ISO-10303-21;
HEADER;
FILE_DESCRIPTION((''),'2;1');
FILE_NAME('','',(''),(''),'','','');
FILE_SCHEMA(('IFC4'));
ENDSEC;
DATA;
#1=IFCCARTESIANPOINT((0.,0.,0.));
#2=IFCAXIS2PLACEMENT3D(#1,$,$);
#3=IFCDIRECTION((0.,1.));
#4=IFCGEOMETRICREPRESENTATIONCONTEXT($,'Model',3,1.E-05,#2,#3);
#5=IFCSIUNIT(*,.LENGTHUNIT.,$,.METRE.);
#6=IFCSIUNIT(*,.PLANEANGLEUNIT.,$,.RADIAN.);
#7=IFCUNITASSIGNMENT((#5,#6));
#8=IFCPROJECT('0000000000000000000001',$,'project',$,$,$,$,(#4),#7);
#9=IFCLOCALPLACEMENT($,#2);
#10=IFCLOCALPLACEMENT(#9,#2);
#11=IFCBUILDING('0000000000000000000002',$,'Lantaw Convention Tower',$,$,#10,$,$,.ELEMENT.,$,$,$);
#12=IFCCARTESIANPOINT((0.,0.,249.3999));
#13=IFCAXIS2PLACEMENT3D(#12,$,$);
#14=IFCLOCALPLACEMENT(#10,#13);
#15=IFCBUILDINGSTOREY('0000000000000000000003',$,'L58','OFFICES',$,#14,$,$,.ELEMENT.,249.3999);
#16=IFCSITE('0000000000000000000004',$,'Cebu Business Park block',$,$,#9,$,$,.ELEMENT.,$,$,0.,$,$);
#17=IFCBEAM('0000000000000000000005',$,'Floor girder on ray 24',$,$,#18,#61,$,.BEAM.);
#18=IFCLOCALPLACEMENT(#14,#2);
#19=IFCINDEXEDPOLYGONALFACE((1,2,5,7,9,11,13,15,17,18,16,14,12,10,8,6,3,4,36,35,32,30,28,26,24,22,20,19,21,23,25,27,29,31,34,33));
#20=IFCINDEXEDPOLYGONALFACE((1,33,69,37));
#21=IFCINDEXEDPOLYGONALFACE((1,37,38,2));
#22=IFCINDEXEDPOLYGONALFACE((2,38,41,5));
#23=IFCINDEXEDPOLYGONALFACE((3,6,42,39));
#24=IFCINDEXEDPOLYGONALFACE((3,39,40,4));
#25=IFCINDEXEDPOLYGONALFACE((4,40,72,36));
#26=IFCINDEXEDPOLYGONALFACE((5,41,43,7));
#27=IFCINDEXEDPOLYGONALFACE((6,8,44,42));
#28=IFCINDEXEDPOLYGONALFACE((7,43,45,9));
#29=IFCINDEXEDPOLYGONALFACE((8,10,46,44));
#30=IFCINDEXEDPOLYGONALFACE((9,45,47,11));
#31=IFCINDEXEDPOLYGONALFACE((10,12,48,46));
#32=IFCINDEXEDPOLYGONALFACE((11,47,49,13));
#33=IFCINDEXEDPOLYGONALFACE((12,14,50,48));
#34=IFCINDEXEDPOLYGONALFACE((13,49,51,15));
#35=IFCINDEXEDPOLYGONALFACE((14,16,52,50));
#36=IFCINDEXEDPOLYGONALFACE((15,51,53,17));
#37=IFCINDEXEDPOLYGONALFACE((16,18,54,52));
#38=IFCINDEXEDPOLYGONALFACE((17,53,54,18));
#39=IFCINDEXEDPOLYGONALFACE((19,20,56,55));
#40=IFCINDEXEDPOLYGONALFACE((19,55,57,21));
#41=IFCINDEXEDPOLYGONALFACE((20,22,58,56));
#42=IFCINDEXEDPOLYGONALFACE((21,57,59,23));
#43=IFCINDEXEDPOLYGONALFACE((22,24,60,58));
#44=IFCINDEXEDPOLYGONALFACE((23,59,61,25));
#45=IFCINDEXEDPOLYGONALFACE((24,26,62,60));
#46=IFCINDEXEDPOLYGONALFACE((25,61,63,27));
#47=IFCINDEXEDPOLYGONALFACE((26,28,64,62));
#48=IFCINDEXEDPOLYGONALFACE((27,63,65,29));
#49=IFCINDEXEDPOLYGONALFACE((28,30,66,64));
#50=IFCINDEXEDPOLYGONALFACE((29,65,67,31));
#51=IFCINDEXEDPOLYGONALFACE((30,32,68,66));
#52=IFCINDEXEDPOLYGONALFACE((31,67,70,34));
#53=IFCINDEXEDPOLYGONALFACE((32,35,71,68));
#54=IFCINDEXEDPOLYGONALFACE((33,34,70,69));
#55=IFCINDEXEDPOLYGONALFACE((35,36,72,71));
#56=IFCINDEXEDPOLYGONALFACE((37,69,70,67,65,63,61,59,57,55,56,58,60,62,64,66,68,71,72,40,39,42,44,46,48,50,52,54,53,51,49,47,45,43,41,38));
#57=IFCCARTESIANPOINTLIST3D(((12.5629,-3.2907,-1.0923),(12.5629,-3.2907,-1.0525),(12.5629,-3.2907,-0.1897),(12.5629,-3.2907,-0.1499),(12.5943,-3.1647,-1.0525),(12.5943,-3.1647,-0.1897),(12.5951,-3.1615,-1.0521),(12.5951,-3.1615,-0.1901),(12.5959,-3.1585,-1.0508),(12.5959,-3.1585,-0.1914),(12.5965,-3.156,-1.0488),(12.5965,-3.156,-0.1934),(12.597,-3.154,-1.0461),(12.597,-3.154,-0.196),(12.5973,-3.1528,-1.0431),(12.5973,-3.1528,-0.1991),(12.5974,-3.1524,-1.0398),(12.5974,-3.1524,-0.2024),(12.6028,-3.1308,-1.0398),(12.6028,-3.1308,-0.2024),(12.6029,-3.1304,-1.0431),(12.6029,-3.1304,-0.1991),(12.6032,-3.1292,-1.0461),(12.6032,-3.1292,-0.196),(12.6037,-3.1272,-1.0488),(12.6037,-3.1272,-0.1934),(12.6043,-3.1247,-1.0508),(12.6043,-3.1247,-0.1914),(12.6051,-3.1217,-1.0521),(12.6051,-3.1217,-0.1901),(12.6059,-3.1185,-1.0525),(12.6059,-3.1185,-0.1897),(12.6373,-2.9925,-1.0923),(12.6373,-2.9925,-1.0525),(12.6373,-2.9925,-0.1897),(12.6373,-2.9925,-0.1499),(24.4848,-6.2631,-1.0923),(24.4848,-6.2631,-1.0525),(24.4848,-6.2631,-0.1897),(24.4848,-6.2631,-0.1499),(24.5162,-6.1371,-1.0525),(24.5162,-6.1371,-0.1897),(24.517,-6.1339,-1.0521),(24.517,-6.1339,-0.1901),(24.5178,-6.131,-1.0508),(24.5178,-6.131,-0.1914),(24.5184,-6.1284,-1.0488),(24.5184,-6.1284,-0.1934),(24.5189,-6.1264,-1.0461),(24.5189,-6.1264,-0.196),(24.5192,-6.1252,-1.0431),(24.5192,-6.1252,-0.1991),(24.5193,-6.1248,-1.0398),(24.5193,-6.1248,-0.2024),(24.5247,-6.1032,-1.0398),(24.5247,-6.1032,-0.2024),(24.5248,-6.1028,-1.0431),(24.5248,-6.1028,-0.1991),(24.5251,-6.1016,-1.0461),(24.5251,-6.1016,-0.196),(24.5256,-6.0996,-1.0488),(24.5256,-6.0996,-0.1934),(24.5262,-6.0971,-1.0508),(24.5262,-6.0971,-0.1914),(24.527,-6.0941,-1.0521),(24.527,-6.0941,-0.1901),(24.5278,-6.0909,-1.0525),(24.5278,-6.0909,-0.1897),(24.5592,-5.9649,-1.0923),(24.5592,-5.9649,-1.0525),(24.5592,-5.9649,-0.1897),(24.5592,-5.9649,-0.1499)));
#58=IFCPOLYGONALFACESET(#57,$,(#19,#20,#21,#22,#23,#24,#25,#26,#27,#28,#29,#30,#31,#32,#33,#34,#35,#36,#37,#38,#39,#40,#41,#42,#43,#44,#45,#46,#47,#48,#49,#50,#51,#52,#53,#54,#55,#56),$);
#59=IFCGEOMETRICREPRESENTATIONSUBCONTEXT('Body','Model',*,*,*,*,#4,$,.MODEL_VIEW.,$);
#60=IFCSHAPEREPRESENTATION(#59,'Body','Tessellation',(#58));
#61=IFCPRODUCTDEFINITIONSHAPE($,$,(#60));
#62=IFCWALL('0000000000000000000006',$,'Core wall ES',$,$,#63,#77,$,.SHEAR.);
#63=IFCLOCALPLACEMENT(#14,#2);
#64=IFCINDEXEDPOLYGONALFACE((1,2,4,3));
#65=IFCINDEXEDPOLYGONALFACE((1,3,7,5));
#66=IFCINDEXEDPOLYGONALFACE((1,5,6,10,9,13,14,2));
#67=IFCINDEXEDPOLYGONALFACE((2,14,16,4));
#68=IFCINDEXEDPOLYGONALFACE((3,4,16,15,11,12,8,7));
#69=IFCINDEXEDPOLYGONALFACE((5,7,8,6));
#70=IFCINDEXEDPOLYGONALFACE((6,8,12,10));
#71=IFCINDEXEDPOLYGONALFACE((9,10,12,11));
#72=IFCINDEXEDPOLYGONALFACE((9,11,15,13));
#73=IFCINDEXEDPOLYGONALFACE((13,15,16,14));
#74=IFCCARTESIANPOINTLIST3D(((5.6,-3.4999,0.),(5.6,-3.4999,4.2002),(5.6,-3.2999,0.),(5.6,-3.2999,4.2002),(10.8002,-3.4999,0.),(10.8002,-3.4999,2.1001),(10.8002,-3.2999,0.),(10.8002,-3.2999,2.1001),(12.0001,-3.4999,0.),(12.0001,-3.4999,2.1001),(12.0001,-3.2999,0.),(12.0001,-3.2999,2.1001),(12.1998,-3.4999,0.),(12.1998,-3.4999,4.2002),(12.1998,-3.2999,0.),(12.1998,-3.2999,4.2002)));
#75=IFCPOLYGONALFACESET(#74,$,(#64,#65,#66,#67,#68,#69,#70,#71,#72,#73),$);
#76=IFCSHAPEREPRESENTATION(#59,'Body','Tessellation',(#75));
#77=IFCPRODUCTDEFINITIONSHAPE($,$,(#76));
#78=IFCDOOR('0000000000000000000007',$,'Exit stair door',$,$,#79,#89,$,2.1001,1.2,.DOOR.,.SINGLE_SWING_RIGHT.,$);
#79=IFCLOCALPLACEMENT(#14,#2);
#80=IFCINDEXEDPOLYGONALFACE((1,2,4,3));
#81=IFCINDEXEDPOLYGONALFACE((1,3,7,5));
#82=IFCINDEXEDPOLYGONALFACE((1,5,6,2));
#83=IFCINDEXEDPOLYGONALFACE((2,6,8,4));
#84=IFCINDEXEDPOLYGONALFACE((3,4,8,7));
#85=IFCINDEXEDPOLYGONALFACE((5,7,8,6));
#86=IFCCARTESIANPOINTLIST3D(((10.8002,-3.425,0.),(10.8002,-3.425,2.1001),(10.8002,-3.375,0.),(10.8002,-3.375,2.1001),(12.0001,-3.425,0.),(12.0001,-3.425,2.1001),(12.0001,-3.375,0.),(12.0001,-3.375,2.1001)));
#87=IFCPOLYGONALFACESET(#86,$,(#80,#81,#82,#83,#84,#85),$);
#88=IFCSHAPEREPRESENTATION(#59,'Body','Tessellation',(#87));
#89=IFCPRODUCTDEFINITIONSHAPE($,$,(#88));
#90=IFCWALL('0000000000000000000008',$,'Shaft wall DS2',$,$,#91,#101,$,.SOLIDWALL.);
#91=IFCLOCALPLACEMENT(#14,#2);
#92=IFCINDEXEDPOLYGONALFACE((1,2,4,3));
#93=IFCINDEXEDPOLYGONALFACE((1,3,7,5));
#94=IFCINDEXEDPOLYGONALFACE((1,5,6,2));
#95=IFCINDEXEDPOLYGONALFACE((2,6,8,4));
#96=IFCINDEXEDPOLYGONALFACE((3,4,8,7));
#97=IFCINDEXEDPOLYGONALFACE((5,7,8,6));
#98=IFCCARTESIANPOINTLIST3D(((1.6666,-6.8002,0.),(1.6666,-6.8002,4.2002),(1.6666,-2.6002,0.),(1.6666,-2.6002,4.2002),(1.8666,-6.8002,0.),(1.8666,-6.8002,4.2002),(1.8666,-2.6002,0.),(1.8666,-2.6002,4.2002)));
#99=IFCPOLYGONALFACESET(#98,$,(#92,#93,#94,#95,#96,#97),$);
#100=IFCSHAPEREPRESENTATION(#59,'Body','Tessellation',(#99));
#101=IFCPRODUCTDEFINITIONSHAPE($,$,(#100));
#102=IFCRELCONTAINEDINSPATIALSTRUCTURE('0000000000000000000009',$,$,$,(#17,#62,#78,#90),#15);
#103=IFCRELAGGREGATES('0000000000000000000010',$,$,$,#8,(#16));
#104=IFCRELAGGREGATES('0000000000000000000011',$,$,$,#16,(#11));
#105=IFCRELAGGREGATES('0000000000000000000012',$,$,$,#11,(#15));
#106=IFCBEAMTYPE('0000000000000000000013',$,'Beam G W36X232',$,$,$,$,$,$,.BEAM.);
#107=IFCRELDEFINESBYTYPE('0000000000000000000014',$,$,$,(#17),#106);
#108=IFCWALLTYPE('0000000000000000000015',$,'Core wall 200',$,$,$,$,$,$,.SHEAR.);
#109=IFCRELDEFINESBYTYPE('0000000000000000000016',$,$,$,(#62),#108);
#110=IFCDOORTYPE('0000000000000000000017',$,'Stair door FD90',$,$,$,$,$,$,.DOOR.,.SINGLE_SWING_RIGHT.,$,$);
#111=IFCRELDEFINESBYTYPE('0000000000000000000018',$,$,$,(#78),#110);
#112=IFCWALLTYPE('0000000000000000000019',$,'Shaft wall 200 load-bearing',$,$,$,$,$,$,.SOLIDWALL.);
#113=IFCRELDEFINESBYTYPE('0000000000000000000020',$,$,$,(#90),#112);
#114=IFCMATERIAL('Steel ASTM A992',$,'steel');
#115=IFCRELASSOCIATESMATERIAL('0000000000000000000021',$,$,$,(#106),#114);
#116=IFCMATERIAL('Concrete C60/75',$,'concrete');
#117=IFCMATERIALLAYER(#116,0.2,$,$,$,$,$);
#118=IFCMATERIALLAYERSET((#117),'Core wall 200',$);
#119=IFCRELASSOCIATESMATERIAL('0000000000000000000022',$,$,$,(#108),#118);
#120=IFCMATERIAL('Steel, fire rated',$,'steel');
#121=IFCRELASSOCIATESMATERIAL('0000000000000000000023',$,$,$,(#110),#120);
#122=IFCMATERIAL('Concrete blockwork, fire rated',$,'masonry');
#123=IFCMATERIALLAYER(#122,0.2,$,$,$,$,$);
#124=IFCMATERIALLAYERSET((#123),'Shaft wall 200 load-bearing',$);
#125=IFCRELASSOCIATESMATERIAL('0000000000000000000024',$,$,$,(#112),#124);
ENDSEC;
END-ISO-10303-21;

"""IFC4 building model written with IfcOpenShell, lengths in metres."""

from ifc_helpers import new_model, si_unit, direction, frame, frame_2d, origin, origin_2d, place, context, subcontext, project, spatial, rectangle, i_section, extrude, material, layer, layer_set, material_profile, profile_set, type_object, element, fill, save


model = new_model("IFC4")

# Units and contexts
model_context = context("Model", 3, precision=1e-05, world=origin(), true_north=direction((0.0, 1.0)))
body_context = subcontext(model_context, "Body", "Model", "MODEL_VIEW")
ifc_project = project(units=[si_unit("LENGTHUNIT", "METRE"), si_unit("PLANEANGLEUNIT", "RADIAN")], contexts=[model_context])

# Site, building, storey
site_placement = place(None, origin())
site = spatial("IfcSite", under=ifc_project, at=site_placement, Name="Cebu Business Park block", CompositionType="ELEMENT", RefElevation=0.0)
building_placement = place(site_placement, origin())
building = spatial("IfcBuilding", under=site, at=building_placement, Name="Lantaw Convention Tower", CompositionType="ELEMENT")
storey_placement = place(building_placement, frame((0.0, 0.0, 249.3999)))
storey = spatial("IfcBuildingStorey", under=building, at=storey_placement, Name="L58", Description="OFFICES", CompositionType="ELEMENT", Elevation=249.3999)

# Beam
ifc_material_1 = material(Name="Steel ASTM A992", Category="steel")
ifc_material_profile = material_profile(ifc_material_1, i_section(OverallWidth=0.3074, OverallDepth=0.9424, WebThickness=0.0222, FlangeThickness=0.0398, FilletRadius=0.0127, at=origin_2d()), Name="W36X232")
ifc_profile_set = profile_set([ifc_material_profile], Name="Steel ASTM A992")
beam_type = type_object("IfcBeamType", Name="Beam G W36X232", PredefinedType="BEAM", material=ifc_profile_set)
beam_placement = place(storey_placement, frame((12.6001, -3.1416, -0.6211), z_axis=(0.970297, -0.241918, 0.0), x_axis=(0.241918, 0.970297, 0.0)))
element("IfcBeam", 1, at=beam_placement, inside=storey, type_object=beam_type, Name="Floor girder on ray 24", PredefinedType="BEAM", context=body_context, shape_type="SweptSolid", body=[
    extrude(i_section(OverallWidth=0.3074, OverallDepth=0.9424, WebThickness=0.0222, FlangeThickness=0.0398, FilletRadius=0.0127, at=origin_2d()), origin(), (0.0, 0.0, 1.0), 12.2869),
])

# Wall, opening, door
ifc_material_2 = material(Name="Concrete C60/75", Category="concrete")
ifc_layer_1 = layer(ifc_material_2, 0.2)
ifc_layer_set_1 = layer_set([ifc_layer_1], Name="Core wall 200")
wall_type_1 = type_object("IfcWallType", Name="Core wall 200", PredefinedType="SHEAR", material=ifc_layer_set_1)
wall_1_placement = place(storey_placement, frame((5.6001, -3.3999, 0.0), z_axis=(0.0, 0.0, 1.0), x_axis=(1.0, 0.0, 0.0)))
wall_1 = element("IfcWall", 2, at=wall_1_placement, inside=storey, type_object=wall_type_1, Name="Core wall ES", PredefinedType="SHEAR", context=body_context, shape_type="SweptSolid", body=[
    extrude(rectangle(XDim=6.5999, YDim=0.2, at=frame_2d((3.2998, 0.0))), origin(), (0.0, 0.0, 1.0), 4.2002),
])
opening_placement = place(wall_1_placement, frame((5.2, 0.0, 0.0)))
opening = element("IfcOpeningElement", 3, at=opening_placement, cuts=wall_1, PredefinedType="OPENING", context=body_context, shape_type="SweptSolid", body=[
    extrude(rectangle(XDim=1.2, YDim=2.1001, at=frame_2d((0.6001, 1.05))), frame((0.0, 0.1099, 0.0), z_axis=(0.0, -1.0, 0.0), x_axis=(1.0, 0.0, 0.0)), (0.0, 0.0, 1.0), 0.22),
])
ifc_material_3 = material(Name="Steel, fire rated", Category="steel")
door_type = type_object("IfcDoorType", Name="Stair door FD90", OperationType="SINGLE_SWING_RIGHT", PredefinedType="DOOR", material=ifc_material_3)
door_placement = place(opening_placement, origin())
door = element("IfcDoor", 4, at=door_placement, inside=storey, type_object=door_type, Name="Exit stair door", OperationType="SINGLE_SWING_RIGHT", OverallHeight=2.1001, OverallWidth=1.2, PredefinedType="DOOR", context=body_context, shape_type="SweptSolid", body=[
    extrude(rectangle(XDim=1.2, YDim=2.1001, at=frame_2d((0.6001, 1.05))), frame((0.0, 0.0249, 0.0), z_axis=(0.0, -1.0, 0.0), x_axis=(1.0, 0.0, 0.0)), (0.0, 0.0, 1.0), 0.05),
])
fill(opening, door)

# Wall
ifc_material_4 = material(Name="Concrete blockwork, fire rated", Category="masonry")
ifc_layer_2 = layer(ifc_material_4, 0.2)
ifc_layer_set_2 = layer_set([ifc_layer_2], Name="Shaft wall 200 load-bearing")
wall_type_2 = type_object("IfcWallType", Name="Shaft wall 200 load-bearing", PredefinedType="SOLIDWALL", material=ifc_layer_set_2)
wall_2_placement = place(storey_placement, frame((1.7666, -2.6001, 0.0), z_axis=(0.0, 0.0, 1.0), x_axis=(0.0, -1.0, 0.0)))
element("IfcWall", 5, at=wall_2_placement, inside=storey, type_object=wall_type_2, Name="Shaft wall DS2", PredefinedType="SOLIDWALL", context=body_context, shape_type="SweptSolid", body=[
    extrude(rectangle(XDim=4.2, YDim=0.2, at=frame_2d((2.1001, 0.0))), origin(), (0.0, 0.0, 1.0), 4.2002),
])

save(model, "model.ifc")
